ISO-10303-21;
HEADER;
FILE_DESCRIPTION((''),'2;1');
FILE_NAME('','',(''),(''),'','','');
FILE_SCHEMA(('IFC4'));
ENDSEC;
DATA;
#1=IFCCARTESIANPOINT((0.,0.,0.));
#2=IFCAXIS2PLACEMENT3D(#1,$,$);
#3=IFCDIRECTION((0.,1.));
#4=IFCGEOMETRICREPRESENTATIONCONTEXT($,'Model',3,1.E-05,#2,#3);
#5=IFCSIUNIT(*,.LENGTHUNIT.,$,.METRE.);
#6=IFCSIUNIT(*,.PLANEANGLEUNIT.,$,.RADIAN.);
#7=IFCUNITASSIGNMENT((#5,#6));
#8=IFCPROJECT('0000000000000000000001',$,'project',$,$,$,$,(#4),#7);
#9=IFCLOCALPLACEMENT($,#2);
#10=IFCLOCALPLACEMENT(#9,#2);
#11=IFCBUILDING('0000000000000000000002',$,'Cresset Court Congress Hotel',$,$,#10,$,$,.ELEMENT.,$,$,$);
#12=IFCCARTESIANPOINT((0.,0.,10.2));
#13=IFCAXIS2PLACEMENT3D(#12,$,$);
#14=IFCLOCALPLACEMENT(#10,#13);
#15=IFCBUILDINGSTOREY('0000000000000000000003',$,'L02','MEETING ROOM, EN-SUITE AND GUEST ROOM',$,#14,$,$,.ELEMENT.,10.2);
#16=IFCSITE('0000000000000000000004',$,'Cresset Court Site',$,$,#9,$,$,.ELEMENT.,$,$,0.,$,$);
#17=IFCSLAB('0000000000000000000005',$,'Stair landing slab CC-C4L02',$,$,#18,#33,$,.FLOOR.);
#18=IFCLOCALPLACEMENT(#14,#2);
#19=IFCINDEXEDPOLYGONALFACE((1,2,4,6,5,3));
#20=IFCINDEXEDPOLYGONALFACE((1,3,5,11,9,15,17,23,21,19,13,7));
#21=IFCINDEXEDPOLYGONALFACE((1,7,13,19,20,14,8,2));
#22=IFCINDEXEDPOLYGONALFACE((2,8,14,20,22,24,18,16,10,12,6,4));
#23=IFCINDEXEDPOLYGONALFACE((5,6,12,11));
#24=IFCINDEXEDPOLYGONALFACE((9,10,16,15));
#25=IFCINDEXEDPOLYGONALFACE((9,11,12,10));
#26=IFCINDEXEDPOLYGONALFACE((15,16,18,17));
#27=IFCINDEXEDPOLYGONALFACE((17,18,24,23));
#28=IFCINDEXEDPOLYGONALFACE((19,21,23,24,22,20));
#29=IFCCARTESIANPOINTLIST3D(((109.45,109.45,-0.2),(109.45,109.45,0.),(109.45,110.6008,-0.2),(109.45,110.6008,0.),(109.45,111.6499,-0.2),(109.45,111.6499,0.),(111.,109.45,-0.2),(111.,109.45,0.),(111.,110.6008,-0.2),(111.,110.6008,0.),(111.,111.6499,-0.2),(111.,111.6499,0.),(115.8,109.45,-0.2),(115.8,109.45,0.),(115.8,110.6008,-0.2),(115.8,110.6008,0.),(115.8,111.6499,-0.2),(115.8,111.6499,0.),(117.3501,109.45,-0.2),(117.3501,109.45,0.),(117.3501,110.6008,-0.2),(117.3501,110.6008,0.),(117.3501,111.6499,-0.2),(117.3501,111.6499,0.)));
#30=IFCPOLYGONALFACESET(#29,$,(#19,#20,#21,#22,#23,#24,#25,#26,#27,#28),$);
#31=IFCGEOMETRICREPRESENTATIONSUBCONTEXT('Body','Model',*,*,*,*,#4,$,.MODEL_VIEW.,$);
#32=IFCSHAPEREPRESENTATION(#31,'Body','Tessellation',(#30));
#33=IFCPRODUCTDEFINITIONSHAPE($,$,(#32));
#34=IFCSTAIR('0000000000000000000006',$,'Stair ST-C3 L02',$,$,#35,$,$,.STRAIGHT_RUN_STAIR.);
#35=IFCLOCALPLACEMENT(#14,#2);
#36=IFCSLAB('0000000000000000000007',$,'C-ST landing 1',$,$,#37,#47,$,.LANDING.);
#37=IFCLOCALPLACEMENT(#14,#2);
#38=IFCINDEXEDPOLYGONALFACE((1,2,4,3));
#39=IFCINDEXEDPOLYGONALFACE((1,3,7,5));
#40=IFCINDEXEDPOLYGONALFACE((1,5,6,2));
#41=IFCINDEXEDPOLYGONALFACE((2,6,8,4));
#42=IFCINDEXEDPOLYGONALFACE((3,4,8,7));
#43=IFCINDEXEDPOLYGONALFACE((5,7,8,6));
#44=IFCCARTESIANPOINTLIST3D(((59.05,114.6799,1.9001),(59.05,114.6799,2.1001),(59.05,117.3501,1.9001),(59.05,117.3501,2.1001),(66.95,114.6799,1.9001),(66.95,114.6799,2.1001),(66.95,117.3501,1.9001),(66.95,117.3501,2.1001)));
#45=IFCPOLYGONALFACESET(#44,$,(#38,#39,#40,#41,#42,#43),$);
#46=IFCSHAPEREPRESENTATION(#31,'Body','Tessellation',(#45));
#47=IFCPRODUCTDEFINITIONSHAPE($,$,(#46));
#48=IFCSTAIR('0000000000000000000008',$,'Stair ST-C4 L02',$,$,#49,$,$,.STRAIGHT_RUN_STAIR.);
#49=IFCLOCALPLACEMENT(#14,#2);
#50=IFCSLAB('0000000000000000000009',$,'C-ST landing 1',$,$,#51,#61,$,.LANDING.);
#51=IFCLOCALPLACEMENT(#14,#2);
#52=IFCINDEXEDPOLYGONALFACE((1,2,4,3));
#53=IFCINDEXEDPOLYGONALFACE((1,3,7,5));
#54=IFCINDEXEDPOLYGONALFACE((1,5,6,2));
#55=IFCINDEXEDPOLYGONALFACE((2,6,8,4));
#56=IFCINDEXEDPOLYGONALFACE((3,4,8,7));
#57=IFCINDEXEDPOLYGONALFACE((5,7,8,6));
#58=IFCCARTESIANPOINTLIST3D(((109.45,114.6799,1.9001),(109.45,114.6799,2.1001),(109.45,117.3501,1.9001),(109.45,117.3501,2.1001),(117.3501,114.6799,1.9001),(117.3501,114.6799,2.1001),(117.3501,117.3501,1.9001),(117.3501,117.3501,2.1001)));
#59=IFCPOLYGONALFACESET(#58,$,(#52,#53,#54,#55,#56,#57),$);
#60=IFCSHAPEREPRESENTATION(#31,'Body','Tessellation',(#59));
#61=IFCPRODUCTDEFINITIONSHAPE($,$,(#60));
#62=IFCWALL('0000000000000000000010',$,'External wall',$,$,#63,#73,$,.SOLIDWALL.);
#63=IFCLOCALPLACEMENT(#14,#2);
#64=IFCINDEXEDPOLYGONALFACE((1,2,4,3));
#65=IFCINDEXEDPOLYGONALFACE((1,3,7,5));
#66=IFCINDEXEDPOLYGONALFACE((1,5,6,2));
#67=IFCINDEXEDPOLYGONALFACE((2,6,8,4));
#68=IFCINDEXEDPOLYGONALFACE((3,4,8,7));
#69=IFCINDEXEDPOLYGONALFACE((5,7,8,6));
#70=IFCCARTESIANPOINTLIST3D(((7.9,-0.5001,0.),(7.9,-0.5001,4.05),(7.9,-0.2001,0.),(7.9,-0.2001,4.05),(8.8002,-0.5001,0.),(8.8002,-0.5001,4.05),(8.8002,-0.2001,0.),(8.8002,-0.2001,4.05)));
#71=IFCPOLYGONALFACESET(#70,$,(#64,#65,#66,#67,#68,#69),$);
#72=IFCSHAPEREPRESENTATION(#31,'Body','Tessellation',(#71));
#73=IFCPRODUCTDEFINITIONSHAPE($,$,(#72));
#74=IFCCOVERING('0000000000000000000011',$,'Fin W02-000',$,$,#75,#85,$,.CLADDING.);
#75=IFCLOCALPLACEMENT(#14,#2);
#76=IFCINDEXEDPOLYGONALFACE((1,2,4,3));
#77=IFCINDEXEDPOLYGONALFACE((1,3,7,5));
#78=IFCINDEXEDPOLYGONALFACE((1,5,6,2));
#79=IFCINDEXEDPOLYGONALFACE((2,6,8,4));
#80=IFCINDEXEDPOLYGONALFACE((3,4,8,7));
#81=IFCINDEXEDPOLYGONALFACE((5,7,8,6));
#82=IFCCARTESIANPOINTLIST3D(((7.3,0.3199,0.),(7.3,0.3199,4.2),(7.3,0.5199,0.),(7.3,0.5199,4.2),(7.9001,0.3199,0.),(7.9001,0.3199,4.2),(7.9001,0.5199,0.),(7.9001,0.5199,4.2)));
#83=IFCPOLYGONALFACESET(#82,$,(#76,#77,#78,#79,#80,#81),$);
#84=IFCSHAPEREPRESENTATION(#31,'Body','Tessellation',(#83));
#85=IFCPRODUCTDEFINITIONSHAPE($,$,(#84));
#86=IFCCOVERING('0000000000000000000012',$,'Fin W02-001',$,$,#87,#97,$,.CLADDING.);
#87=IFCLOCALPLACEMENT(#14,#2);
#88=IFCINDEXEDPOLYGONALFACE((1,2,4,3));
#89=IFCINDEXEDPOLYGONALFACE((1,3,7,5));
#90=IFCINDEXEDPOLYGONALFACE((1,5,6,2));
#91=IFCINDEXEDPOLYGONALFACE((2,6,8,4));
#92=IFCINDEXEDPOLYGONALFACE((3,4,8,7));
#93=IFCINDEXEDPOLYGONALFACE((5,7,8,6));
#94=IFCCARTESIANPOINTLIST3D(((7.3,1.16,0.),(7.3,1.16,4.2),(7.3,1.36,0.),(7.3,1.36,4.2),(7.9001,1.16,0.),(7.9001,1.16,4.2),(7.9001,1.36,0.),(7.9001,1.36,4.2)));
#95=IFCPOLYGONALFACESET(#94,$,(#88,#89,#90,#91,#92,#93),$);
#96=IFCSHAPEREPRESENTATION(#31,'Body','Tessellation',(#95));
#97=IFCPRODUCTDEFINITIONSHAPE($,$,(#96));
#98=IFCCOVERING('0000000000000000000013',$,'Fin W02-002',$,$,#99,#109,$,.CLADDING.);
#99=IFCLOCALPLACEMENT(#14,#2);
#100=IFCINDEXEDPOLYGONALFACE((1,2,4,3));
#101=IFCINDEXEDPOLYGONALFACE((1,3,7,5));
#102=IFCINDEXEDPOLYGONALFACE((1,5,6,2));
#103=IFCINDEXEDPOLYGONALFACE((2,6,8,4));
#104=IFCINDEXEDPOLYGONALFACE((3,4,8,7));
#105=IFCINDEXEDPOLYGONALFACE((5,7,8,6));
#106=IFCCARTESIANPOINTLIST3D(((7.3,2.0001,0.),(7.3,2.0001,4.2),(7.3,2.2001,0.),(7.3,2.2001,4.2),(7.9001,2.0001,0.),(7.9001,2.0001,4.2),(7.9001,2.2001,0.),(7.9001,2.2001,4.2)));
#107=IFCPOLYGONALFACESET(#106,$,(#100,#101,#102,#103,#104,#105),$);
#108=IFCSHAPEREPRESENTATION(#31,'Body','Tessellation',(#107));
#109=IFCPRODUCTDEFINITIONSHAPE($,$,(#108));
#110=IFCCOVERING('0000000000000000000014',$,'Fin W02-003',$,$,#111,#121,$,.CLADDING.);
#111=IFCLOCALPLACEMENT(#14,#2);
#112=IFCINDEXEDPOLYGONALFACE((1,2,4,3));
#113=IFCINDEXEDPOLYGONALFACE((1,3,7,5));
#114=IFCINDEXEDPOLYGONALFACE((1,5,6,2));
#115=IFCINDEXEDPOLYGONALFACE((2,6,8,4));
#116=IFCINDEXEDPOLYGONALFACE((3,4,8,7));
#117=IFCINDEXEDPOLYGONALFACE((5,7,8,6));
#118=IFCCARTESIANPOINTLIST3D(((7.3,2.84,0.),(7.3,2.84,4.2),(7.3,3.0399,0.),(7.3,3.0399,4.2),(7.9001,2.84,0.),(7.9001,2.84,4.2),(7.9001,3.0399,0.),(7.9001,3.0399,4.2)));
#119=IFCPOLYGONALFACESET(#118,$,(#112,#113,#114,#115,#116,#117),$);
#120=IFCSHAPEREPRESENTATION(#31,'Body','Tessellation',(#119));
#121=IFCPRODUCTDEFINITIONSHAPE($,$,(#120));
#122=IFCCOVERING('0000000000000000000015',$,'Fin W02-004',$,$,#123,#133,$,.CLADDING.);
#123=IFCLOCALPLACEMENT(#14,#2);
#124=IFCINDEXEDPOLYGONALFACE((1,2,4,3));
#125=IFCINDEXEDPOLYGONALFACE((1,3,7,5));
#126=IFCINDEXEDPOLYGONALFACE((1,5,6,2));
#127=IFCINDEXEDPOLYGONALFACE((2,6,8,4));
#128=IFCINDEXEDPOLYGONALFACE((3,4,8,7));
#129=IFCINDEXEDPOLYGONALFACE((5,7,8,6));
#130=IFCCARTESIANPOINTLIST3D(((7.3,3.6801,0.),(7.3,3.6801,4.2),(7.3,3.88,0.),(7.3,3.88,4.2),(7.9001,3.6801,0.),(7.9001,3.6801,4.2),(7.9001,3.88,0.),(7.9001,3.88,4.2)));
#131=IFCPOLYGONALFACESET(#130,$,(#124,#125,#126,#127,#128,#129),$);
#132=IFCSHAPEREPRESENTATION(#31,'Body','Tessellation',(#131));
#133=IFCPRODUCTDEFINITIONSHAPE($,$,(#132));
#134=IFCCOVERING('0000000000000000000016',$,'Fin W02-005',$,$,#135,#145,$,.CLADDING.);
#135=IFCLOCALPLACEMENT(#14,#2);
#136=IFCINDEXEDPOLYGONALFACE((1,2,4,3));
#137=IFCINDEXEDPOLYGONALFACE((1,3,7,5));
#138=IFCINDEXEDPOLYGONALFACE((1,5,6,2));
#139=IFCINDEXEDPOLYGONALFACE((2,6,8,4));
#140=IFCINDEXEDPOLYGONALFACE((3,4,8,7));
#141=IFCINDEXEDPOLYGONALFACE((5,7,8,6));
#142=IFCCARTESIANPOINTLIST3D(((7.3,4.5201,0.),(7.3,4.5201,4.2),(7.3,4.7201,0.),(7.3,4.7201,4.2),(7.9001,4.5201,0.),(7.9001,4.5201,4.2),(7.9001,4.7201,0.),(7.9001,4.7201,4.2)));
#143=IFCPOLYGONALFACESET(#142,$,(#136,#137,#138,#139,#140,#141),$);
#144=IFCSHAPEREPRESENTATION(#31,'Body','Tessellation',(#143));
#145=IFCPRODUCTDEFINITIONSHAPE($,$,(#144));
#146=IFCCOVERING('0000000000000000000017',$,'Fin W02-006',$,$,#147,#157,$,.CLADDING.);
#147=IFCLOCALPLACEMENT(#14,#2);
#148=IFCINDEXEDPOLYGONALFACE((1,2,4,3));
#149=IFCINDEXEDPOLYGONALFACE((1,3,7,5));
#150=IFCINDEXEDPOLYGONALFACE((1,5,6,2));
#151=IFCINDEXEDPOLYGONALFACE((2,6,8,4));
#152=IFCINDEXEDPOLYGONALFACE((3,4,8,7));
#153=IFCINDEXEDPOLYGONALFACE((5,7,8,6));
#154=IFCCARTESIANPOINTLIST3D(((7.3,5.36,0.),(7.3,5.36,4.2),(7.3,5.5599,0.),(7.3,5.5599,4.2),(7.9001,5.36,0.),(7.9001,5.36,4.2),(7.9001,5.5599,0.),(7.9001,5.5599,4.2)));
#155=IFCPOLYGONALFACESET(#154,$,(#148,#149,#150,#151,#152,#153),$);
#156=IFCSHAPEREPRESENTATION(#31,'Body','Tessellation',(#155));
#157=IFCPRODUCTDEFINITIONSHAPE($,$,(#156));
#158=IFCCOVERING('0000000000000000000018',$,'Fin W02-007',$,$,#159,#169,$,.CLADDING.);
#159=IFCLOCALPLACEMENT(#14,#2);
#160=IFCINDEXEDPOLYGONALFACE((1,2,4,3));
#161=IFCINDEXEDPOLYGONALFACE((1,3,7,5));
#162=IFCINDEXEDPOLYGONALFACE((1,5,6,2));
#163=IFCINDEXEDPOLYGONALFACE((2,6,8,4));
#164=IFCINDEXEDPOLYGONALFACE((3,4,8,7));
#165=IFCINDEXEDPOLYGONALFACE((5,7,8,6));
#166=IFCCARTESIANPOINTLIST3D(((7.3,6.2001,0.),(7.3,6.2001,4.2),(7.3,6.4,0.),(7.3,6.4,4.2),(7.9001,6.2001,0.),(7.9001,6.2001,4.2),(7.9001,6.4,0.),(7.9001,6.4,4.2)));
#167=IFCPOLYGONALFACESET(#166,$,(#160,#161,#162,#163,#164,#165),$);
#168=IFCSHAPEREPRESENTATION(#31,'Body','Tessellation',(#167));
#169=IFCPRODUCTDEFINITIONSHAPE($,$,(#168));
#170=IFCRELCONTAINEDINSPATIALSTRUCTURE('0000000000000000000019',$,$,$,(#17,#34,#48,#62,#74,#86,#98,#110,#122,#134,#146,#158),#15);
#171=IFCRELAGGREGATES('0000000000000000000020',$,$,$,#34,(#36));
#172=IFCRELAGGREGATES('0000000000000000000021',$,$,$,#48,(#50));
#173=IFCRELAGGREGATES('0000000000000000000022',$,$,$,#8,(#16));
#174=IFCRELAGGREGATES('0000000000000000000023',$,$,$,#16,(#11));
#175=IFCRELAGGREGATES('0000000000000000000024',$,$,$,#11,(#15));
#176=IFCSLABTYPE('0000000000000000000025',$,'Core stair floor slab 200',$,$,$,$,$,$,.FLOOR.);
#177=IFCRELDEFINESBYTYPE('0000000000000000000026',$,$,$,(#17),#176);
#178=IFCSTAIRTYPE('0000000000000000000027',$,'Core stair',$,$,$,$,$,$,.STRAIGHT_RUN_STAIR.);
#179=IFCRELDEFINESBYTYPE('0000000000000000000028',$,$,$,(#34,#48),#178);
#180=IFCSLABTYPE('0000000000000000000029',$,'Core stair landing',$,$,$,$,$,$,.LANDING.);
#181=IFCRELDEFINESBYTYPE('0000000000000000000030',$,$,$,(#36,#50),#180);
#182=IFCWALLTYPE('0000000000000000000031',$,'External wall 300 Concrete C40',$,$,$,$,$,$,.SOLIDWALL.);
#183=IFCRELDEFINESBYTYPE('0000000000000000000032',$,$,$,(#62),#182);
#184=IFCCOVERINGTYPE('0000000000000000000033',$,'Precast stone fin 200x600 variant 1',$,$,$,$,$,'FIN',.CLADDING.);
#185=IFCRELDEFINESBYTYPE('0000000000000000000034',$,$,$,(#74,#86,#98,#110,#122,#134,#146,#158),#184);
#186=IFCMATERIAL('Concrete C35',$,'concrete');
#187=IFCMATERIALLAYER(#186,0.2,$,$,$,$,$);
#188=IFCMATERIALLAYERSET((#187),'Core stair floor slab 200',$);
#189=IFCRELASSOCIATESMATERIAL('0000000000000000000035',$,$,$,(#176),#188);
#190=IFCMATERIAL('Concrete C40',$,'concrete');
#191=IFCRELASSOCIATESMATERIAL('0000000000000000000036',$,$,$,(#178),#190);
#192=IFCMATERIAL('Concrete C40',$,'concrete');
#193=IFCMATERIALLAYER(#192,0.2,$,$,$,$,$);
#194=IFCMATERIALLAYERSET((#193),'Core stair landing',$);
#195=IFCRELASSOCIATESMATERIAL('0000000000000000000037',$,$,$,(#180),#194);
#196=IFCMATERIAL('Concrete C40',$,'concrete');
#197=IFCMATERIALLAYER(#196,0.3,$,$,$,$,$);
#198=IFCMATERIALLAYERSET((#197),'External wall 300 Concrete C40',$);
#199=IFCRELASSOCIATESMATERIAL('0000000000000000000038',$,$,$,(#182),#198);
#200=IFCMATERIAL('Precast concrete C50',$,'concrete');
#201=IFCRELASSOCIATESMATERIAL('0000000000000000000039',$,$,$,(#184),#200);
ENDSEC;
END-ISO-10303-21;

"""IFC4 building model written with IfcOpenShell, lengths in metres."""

from ifc_helpers import new_model, si_unit, direction, frame, frame_2d, origin, origin_2d, place, context, subcontext, project, spatial, polyline, rectangle, outline, extrude, material, layer, layer_set, type_object, element, aggregate, save


model = new_model("IFC4")

# Units and contexts
model_context = context("Model", 3, precision=1e-05, world=origin(), true_north=direction((0.0, 1.0)))
body_context = subcontext(model_context, "Body", "Model", "MODEL_VIEW")
ifc_project = project(units=[si_unit("LENGTHUNIT", "METRE"), si_unit("PLANEANGLEUNIT", "RADIAN")], contexts=[model_context])

# Site, building, storey
site_placement = place(None, origin())
site = spatial("IfcSite", under=ifc_project, at=site_placement, Name="Cresset Court Site", CompositionType="ELEMENT", RefElevation=0.0)
building_placement = place(site_placement, origin())
building = spatial("IfcBuilding", under=site, at=building_placement, Name="Cresset Court Congress Hotel", CompositionType="ELEMENT")
storey_placement = place(building_placement, frame((0.0, 0.0, 10.2)))
storey = spatial("IfcBuildingStorey", under=building, at=storey_placement, Name="L02", Description="MEETING ROOM, EN-SUITE AND GUEST ROOM", CompositionType="ELEMENT", Elevation=10.2)

# Slab
ifc_material_1 = material(Name="Concrete C35", Category="concrete")
ifc_layer_1 = layer(ifc_material_1, 0.2)
ifc_layer_set_1 = layer_set([ifc_layer_1], Name="Core stair floor slab 200")
slab_type_1 = type_object("IfcSlabType", Name="Core stair floor slab 200", PredefinedType="FLOOR", material=ifc_layer_set_1)
slab_1_placement = place(storey_placement, frame((0.0, 0.0, -0.2)))
element("IfcSlab", 1, at=slab_1_placement, inside=storey, type_object=slab_type_1, Name="Stair landing slab CC-C4L02", PredefinedType="FLOOR", context=body_context, shape_type="SweptSolid", body=[
    extrude(outline(polyline([(117.3501, 109.45), (115.8, 109.45), (111.0, 109.45), (109.45, 109.45), (109.45, 110.6008), (109.45, 111.6499), (111.0, 111.6499), (111.0, 110.6008), (115.8, 110.6008), (115.8, 111.6499), (117.3501, 111.6499), (117.3501, 110.6008), (117.3501, 109.45)])), origin(), (0.0, 0.0, 1.0), 0.2),
])

# Stairs, slabs
ifc_material_2 = material(Name="Concrete C40", Category="concrete")
stair_type = type_object("IfcStairType", Name="Core stair", PredefinedType="STRAIGHT_RUN_STAIR", material=ifc_material_2)
stair_1_placement = place(storey_placement, origin())
stair_1 = element("IfcStair", 2, at=stair_1_placement, inside=storey, type_object=stair_type, Name="Stair ST-C3 L02", PredefinedType="STRAIGHT_RUN_STAIR")
ifc_material_3 = material(Name="Concrete C40", Category="concrete")
ifc_layer_2 = layer(ifc_material_3, 0.2)
ifc_layer_set_2 = layer_set([ifc_layer_2], Name="Core stair landing")
slab_type_2 = type_object("IfcSlabType", Name="Core stair landing", PredefinedType="LANDING", material=ifc_layer_set_2)
slab_2_placement = place(storey_placement, frame((0.0, 0.0, 1.9001)))
slab_2 = element("IfcSlab", 3, at=slab_2_placement, type_object=slab_type_2, Name="C-ST landing 1", PredefinedType="LANDING", context=body_context, shape_type="SweptSolid", body=[
    extrude(outline(polyline([(66.95, 114.6799), (66.95, 117.3501), (59.05, 117.3501), (59.05, 114.6799), (66.95, 114.6799)])), origin(), (0.0, 0.0, 1.0), 0.2),
])
aggregate(stair_1, [slab_2])
stair_2_placement = place(storey_placement, origin())
stair_2 = element("IfcStair", 4, at=stair_2_placement, inside=storey, type_object=stair_type, Name="Stair ST-C4 L02", PredefinedType="STRAIGHT_RUN_STAIR")
slab_3_placement = place(storey_placement, frame((0.0, 0.0, 1.9001)))
slab_3 = element("IfcSlab", 5, at=slab_3_placement, type_object=slab_type_2, Name="C-ST landing 1", PredefinedType="LANDING", context=body_context, shape_type="SweptSolid", body=[
    extrude(outline(polyline([(117.3501, 114.6799), (117.3501, 117.3501), (109.45, 117.3501), (109.45, 114.6799), (117.3501, 114.6799)])), origin(), (0.0, 0.0, 1.0), 0.2),
])
aggregate(stair_2, [slab_3])

# Wall
ifc_material_4 = material(Name="Concrete C40", Category="concrete")
ifc_layer_3 = layer(ifc_material_4, 0.3)
ifc_layer_set_3 = layer_set([ifc_layer_3], Name="External wall 300 Concrete C40")
wall_type = type_object("IfcWallType", Name="External wall 300 Concrete C40", PredefinedType="SOLIDWALL", material=ifc_layer_set_3)
wall_placement = place(storey_placement, frame((7.8999, -0.3501, 0.0), z_axis=(0.0, 0.0, 1.0), x_axis=(1.0, 0.0, 0.0)))
element("IfcWall", 6, at=wall_placement, inside=storey, type_object=wall_type, Name="External wall", PredefinedType="SOLIDWALL", context=body_context, shape_type="SweptSolid", body=[
    extrude(rectangle(XDim=0.9001, YDim=0.3, at=frame_2d((0.4502, 0.0))), origin(), (0.0, 0.0, 1.0), 4.05),
])

# Coverings
ifc_material_5 = material(Name="Precast concrete C50", Category="concrete")
covering_type = type_object("IfcCoveringType", Name="Precast stone fin 200x600 variant 1", ElementType="FIN", PredefinedType="CLADDING", material=ifc_material_5)
for number, where, z_axis, x_axis, name in (
    (7, (7.6001, 0.4199, 0.0), (0.0, 0.0, 1.0), (1.0, 0.0, 0.0), "Fin W02-000"),
    (8, (7.6001, 1.26, 0.0), (0.0, 0.0, 1.0), (1.0, 0.0, 0.0), "Fin W02-001"),
    (9, (7.6001, 2.1001, 0.0), (0.0, 0.0, 1.0), (1.0, 0.0, 0.0), "Fin W02-002"),
    (10, (7.6001, 2.9399, 0.0), (0.0, 0.0, 1.0), (1.0, 0.0, 0.0), "Fin W02-003"),
    (11, (7.6001, 3.78, 0.0), (0.0, 0.0, 1.0), (1.0, 0.0, 0.0), "Fin W02-004"),
    (12, (7.6001, 4.6201, 0.0), (0.0, 0.0, 1.0), (1.0, 0.0, 0.0), "Fin W02-005"),
    (13, (7.6001, 5.46, 0.0), (0.0, 0.0, 1.0), (1.0, 0.0, 0.0), "Fin W02-006"),
    (14, (7.6001, 6.3, 0.0), (0.0, 0.0, 1.0), (1.0, 0.0, 0.0), "Fin W02-007"),
):
    element("IfcCovering", number, at=place(storey_placement, frame(where, z_axis=z_axis, x_axis=x_axis)), inside=storey, type_object=covering_type, Name=name, PredefinedType="CLADDING", context=body_context, shape_type="SweptSolid", body=[
        extrude(rectangle(XDim=0.6001, YDim=0.2, at=origin_2d()), origin(), (0.0, 0.0, 1.0), 4.2),
    ])

save(model, "model.ifc")
